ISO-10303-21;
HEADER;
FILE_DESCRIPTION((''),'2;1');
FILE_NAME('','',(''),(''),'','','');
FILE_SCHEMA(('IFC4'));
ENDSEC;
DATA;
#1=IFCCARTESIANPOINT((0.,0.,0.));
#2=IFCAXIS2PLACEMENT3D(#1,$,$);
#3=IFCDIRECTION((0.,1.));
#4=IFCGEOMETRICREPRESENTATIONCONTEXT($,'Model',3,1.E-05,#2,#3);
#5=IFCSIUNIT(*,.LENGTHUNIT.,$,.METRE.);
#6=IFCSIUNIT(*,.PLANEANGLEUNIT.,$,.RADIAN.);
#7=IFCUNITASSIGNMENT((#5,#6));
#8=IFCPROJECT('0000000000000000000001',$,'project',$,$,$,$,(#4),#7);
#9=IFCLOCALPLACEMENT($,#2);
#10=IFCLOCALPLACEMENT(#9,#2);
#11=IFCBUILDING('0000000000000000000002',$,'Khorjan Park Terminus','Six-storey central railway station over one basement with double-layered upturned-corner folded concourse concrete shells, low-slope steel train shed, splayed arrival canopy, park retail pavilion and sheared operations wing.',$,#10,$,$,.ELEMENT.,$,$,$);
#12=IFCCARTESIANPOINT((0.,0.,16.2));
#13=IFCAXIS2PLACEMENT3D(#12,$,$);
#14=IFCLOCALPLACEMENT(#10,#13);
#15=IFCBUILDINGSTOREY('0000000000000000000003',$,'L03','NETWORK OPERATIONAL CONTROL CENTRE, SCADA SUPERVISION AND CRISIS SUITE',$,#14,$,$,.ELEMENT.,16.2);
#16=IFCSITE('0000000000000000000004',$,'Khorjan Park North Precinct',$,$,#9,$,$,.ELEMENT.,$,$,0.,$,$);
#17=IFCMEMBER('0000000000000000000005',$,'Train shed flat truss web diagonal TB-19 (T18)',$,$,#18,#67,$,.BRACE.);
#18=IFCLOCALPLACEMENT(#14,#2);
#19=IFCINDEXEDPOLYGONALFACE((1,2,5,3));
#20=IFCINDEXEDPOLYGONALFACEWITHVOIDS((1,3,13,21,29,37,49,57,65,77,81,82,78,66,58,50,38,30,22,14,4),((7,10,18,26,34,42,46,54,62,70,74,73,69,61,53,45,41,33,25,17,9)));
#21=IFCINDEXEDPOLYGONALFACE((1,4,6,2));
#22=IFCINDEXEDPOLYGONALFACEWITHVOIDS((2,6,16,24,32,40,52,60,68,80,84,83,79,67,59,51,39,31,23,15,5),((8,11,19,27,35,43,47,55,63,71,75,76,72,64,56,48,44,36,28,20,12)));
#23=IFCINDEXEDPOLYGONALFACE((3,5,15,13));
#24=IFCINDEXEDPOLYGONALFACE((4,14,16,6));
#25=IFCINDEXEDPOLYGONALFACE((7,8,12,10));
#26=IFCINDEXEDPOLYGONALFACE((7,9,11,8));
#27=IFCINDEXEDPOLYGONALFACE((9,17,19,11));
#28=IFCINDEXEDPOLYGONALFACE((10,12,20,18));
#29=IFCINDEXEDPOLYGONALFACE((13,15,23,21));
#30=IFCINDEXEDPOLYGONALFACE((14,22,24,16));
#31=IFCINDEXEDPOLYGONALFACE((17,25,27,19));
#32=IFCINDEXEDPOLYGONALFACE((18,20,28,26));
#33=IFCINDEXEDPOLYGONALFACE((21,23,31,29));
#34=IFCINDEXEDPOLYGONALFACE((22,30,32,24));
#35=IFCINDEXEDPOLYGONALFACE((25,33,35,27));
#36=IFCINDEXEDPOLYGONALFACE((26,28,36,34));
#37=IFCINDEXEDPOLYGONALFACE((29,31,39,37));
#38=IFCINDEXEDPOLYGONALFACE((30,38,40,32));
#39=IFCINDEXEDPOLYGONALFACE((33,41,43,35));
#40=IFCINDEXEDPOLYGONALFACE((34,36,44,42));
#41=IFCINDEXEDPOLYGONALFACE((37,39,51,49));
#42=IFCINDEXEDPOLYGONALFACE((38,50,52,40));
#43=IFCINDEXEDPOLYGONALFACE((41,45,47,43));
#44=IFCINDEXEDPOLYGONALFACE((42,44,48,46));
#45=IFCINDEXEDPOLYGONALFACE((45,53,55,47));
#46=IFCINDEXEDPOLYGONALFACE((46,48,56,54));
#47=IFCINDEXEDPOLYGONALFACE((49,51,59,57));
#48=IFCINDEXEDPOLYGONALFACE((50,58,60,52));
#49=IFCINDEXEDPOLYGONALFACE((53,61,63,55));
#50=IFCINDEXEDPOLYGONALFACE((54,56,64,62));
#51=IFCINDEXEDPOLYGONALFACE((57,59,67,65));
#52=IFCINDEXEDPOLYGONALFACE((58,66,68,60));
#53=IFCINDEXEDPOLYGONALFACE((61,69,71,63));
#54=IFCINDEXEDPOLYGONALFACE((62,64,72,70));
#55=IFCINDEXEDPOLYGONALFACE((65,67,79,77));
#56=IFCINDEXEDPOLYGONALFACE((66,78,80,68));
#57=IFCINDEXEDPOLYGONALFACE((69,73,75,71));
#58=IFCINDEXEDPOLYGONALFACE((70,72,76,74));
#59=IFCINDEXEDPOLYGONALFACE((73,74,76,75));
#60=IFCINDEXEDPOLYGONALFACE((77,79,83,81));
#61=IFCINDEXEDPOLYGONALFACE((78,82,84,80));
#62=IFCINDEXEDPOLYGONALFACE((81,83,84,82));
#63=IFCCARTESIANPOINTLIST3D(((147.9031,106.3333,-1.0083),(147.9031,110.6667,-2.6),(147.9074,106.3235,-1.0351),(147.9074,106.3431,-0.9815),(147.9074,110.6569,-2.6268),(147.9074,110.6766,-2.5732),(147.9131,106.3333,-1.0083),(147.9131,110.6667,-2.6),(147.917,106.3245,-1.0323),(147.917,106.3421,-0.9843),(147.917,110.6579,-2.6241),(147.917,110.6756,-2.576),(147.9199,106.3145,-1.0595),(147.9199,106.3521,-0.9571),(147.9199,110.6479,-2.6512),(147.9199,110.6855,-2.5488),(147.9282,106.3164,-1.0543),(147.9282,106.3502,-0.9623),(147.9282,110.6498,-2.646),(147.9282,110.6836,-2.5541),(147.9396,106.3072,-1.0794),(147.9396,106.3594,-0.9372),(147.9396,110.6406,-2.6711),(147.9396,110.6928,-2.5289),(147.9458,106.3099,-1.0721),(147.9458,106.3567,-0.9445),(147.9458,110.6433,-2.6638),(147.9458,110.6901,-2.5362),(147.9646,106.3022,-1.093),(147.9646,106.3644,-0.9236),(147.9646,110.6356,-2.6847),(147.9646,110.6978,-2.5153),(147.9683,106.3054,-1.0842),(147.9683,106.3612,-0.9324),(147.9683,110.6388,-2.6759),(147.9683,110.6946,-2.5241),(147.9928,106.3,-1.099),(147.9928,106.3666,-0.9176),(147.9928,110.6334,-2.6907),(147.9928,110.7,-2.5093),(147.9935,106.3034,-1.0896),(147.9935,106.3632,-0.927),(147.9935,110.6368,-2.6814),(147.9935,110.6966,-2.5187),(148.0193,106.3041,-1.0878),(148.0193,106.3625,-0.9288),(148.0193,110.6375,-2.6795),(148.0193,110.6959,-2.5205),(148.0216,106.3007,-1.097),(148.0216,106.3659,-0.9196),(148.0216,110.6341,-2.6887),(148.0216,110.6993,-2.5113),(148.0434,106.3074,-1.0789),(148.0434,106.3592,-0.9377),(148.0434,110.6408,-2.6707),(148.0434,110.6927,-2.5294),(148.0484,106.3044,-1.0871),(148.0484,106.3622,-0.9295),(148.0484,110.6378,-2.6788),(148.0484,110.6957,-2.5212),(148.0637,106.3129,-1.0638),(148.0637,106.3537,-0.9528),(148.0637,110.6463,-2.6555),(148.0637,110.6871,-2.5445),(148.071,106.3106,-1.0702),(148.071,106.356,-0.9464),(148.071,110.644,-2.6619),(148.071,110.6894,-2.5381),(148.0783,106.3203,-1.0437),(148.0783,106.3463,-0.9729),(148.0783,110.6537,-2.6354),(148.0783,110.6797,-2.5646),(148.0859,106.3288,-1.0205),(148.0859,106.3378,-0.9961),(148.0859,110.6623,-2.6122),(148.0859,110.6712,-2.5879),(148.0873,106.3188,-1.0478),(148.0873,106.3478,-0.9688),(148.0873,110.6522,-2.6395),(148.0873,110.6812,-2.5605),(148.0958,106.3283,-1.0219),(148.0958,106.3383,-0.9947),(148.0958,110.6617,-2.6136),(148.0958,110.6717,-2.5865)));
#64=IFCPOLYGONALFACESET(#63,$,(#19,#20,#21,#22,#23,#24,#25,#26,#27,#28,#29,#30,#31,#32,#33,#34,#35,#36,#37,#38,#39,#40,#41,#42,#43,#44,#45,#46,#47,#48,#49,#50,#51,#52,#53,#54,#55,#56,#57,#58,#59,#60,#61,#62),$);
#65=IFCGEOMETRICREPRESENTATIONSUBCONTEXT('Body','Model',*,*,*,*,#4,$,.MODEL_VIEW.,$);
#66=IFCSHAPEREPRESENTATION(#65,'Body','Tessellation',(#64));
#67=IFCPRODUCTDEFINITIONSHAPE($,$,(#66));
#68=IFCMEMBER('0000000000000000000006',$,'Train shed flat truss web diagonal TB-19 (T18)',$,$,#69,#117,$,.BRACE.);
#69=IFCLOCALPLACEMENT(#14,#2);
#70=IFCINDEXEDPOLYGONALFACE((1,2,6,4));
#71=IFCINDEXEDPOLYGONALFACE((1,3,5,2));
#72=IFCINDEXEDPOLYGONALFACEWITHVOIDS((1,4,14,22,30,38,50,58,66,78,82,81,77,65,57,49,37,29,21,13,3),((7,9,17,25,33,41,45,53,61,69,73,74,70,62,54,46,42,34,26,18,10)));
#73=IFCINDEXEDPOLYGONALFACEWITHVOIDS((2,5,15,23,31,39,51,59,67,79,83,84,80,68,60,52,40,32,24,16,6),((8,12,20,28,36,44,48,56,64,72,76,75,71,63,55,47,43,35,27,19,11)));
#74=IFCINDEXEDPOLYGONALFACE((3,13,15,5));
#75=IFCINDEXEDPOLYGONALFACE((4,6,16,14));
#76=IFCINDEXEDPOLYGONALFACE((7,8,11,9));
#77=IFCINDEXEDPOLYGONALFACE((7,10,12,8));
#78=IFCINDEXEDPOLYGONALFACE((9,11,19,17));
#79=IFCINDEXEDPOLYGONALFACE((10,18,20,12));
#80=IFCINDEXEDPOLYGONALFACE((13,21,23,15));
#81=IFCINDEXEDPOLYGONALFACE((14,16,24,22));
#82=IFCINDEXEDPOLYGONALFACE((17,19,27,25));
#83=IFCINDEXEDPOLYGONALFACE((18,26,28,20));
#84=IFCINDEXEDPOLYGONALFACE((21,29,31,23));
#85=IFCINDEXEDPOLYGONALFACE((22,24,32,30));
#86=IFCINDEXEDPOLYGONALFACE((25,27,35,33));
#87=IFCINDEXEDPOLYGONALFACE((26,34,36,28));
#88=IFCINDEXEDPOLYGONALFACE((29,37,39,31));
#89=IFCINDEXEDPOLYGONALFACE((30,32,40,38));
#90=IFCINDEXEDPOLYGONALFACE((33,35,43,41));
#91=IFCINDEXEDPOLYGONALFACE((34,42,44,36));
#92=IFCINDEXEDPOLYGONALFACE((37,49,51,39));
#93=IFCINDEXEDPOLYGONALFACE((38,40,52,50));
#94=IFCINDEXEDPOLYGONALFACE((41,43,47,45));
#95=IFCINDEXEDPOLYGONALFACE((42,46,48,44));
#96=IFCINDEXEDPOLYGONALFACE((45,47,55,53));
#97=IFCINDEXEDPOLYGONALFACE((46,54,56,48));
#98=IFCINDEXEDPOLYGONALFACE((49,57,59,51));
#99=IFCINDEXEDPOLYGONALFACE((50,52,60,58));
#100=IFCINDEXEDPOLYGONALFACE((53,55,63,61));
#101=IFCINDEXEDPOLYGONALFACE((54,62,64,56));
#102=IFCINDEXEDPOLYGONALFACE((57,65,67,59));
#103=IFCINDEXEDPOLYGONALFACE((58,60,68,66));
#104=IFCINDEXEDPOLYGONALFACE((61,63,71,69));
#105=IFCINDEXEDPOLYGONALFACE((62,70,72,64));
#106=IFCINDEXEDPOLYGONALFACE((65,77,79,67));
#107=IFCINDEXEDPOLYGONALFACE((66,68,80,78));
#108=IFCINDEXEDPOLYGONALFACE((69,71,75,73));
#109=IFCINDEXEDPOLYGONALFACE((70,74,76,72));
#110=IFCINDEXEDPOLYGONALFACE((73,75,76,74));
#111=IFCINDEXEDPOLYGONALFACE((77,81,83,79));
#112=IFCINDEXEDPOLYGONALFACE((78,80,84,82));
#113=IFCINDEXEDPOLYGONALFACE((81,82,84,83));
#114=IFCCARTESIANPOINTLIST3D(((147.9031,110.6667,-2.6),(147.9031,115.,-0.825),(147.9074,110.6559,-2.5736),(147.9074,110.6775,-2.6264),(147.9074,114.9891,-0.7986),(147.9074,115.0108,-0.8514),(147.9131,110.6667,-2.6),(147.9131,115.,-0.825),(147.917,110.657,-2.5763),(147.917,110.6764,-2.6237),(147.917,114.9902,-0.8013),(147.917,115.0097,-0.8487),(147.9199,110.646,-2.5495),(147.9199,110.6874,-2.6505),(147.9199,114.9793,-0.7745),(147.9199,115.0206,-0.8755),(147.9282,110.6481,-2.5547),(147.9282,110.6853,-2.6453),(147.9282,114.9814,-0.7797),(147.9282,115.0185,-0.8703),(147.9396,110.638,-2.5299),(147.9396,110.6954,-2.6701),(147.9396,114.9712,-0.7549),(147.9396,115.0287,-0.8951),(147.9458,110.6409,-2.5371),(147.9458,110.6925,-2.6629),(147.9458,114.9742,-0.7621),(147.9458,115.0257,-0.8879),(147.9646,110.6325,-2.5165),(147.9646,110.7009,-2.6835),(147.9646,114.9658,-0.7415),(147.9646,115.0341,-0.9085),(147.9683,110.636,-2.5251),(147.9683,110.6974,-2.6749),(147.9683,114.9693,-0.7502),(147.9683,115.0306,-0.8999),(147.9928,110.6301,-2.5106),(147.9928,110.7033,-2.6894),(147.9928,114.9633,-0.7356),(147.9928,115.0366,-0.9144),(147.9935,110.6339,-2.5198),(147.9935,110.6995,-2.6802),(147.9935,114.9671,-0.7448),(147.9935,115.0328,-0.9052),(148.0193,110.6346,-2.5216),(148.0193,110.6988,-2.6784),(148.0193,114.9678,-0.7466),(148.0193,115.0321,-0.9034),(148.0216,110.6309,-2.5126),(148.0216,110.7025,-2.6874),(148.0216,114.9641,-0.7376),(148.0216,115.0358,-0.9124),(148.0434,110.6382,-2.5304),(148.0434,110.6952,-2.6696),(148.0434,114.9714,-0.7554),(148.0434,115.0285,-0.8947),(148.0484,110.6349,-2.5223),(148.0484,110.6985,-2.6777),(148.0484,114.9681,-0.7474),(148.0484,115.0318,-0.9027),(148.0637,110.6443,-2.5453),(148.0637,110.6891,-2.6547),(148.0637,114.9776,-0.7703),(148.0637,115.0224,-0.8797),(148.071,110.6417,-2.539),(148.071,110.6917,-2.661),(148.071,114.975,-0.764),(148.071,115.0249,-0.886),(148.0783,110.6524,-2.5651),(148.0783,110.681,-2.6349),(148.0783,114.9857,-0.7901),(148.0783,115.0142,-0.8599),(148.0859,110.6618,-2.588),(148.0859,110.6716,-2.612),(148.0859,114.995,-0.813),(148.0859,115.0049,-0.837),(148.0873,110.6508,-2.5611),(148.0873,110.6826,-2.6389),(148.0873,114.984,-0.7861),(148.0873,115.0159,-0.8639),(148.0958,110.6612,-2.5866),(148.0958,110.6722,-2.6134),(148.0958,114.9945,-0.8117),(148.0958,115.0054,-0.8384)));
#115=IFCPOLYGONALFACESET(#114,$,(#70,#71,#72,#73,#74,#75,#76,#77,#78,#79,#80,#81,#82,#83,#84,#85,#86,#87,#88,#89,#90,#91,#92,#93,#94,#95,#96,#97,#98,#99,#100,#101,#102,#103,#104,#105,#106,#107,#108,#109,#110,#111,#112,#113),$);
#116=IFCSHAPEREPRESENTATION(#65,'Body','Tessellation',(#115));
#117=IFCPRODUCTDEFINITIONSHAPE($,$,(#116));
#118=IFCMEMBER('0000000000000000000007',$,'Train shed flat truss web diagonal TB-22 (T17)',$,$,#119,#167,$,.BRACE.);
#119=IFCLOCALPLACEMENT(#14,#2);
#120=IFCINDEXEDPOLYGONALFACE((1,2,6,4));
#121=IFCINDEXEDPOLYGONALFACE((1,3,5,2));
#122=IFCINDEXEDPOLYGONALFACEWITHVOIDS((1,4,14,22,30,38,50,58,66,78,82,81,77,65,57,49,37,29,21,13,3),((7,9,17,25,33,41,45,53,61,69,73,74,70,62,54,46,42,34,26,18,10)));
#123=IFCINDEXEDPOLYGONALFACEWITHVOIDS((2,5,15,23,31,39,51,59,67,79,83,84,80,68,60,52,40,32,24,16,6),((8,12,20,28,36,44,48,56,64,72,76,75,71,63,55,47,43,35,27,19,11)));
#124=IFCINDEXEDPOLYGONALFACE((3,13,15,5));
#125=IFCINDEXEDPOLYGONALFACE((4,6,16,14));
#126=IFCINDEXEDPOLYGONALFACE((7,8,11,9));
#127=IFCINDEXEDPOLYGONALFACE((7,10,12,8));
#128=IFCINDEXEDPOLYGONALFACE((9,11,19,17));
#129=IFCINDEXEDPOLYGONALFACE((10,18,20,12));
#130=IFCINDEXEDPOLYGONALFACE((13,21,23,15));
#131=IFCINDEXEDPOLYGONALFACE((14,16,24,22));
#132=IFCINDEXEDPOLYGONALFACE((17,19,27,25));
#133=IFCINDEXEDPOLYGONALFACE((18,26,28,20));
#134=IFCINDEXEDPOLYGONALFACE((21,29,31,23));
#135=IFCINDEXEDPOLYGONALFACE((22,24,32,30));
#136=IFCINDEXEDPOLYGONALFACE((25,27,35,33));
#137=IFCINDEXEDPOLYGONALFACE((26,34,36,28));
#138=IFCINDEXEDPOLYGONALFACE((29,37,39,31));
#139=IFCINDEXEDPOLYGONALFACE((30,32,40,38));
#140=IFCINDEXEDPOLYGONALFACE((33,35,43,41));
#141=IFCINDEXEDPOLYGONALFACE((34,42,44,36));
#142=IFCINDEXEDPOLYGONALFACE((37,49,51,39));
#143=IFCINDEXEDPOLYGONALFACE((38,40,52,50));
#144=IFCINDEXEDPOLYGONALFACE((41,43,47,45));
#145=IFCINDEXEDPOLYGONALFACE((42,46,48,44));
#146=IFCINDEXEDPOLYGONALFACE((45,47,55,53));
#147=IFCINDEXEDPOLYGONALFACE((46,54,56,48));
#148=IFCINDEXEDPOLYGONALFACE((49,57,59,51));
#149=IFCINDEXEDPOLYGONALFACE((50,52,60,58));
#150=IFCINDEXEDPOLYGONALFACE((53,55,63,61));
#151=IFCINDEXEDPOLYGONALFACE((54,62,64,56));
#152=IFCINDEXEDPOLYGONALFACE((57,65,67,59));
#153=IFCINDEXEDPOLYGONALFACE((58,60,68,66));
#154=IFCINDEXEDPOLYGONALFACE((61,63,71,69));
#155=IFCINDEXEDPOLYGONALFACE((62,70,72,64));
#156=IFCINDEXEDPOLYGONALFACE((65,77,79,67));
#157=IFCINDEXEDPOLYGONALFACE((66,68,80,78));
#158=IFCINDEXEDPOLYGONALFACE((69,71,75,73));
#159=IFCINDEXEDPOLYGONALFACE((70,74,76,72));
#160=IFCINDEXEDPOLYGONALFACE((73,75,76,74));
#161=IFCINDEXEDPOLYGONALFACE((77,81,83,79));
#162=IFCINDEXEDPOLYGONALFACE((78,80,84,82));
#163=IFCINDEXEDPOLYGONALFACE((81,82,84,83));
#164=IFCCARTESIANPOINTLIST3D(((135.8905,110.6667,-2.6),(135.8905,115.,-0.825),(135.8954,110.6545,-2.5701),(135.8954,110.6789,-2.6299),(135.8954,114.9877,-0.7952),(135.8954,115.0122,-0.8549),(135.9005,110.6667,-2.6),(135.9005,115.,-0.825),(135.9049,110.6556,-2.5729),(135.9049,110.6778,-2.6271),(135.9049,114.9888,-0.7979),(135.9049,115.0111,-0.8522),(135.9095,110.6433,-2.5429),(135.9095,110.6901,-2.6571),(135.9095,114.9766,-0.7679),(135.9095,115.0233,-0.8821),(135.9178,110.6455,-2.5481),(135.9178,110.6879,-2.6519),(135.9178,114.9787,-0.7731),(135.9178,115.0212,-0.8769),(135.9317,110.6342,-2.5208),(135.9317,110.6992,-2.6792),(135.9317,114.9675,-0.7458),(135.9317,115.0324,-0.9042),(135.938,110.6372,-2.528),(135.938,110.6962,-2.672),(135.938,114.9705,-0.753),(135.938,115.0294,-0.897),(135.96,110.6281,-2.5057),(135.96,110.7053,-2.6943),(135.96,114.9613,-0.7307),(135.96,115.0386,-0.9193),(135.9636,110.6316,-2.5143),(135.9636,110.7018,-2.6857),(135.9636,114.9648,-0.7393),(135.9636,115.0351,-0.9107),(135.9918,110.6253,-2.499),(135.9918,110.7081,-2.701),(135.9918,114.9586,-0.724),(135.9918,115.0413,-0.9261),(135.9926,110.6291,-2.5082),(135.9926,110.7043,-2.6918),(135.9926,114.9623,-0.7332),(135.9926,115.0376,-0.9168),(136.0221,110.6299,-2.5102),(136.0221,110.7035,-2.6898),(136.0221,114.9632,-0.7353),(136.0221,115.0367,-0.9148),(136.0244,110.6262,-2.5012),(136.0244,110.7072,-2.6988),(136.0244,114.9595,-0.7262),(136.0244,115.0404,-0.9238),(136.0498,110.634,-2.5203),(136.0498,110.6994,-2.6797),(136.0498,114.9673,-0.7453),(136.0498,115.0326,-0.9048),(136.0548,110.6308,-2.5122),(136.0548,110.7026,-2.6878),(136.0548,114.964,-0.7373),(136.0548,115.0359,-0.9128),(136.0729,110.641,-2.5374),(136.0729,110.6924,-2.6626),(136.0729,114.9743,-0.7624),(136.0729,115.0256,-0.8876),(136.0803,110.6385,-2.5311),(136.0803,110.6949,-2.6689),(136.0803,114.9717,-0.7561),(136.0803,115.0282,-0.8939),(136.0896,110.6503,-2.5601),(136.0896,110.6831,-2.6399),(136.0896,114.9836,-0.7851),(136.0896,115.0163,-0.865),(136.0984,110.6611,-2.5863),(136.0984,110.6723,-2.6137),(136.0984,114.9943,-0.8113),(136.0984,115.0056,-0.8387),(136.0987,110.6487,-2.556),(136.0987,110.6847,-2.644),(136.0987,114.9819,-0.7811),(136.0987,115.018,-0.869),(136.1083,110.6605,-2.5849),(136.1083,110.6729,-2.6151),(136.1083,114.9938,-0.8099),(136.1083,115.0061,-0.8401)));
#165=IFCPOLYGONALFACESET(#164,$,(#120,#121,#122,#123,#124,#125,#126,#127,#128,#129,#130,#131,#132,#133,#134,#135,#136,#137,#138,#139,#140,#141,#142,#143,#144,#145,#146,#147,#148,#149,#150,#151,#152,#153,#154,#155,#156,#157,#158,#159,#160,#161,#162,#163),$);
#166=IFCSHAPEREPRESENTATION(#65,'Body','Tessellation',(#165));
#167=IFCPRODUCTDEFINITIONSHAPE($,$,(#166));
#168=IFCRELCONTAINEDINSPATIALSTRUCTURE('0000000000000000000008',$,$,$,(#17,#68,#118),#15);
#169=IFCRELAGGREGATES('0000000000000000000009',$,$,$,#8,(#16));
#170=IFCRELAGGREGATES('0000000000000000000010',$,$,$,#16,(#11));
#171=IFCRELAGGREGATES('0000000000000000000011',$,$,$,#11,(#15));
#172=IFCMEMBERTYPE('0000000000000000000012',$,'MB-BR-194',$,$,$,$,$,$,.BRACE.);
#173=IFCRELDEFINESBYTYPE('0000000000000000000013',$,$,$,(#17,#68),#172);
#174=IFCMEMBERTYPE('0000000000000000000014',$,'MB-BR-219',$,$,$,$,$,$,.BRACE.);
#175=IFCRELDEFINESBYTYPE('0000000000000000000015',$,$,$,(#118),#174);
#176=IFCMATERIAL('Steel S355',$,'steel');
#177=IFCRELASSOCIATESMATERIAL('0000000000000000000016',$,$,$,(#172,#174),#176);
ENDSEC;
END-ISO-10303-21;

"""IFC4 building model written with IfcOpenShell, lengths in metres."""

from ifc_helpers import new_model, si_unit, direction, frame, origin, origin_2d, place, context, subcontext, project, spatial, hollow_circle, extrude, material, material_profile, profile_set, type_object, element, save


model = new_model("IFC4")

# Units and contexts
model_context = context("Model", 3, precision=1e-05, world=origin(), true_north=direction((0.0, 1.0)))
body_context = subcontext(model_context, "Body", "Model", "MODEL_VIEW")
ifc_project = project(units=[si_unit("LENGTHUNIT", "METRE"), si_unit("PLANEANGLEUNIT", "RADIAN")], contexts=[model_context])

# Site, building, storey
site_placement = place(None, origin())
site = spatial("IfcSite", under=ifc_project, at=site_placement, Name="Khorjan Park North Precinct", CompositionType="ELEMENT", RefElevation=0.0)
building_placement = place(site_placement, origin())
building = spatial("IfcBuilding", under=site, at=building_placement, Name="Khorjan Park Terminus", Description="Six-storey central railway station over one basement with double-layered upturned-corner folded concourse concrete shells, low-slope steel train shed, splayed arrival canopy, park retail pavilion and sheared operations wing.", CompositionType="ELEMENT")
storey_placement = place(building_placement, frame((0.0, 0.0, 16.2)))
storey = spatial("IfcBuildingStorey", under=building, at=storey_placement, Name="L03", Description="NETWORK OPERATIONAL CONTROL CENTRE, SCADA SUPERVISION AND CRISIS SUITE", CompositionType="ELEMENT", Elevation=16.2)

# Members
ifc_material = material(Name="Steel S355", Category="steel")
ifc_material_profile_1 = material_profile(ifc_material, hollow_circle(Radius=0.0969, WallThickness=0.01, at=origin_2d()), Name="CHS 193.7x10")
ifc_profile_set_1 = profile_set([ifc_material_profile_1], Name="Steel S355")
member_type_1 = type_object("IfcMemberType", Name="MB-BR-194", PredefinedType="BRACE", material=ifc_profile_set_1)
member_1_placement = place(storey_placement, frame((148.0, 106.3333, -1.0083), z_axis=(0.0, 0.938681, -0.344787), x_axis=(-1.0, 0.0, 0.0)))
element("IfcMember", 1, at=member_1_placement, inside=storey, type_object=member_type_1, Name="Train shed flat truss web diagonal TB-19 (T18)", PredefinedType="BRACE", context=body_context, shape_type="SweptSolid", body=[
    extrude(hollow_circle(Radius=0.0969, WallThickness=0.01, at=origin_2d()), origin(), (0.0, 0.0, 1.0), 4.6165),
])
member_2_placement = place(storey_placement, frame((148.0, 110.6667, -2.6), z_axis=(0.0, 0.925376, 0.379051), x_axis=(-1.0, 0.0, 0.0)))
element("IfcMember", 2, at=member_2_placement, inside=storey, type_object=member_type_1, Name="Train shed flat truss web diagonal TB-19 (T18)", PredefinedType="BRACE", context=body_context, shape_type="SweptSolid", body=[
    extrude(hollow_circle(Radius=0.0969, WallThickness=0.01, at=origin_2d()), origin(), (0.0, 0.0, 1.0), 4.6827),
])
ifc_material_profile_2 = material_profile(ifc_material, hollow_circle(Radius=0.1095, WallThickness=0.01, at=origin_2d()), Name="CHS 219.1x10")
ifc_profile_set_2 = profile_set([ifc_material_profile_2], Name="Steel S355")
member_type_2 = type_object("IfcMemberType", Name="MB-BR-219", PredefinedType="BRACE", material=ifc_profile_set_2)
for number, where, z_axis, x_axis, name in (
    (3, (136.0, 110.6667, -2.6), (0.0, 0.925376, 0.379051), (-1.0, 0.0, 0.0), "Train shed flat truss web diagonal TB-22 (T17)"),
):
    element("IfcMember", number, at=place(storey_placement, frame(where, z_axis=z_axis, x_axis=x_axis)), inside=storey, type_object=member_type_2, Name=name, PredefinedType="BRACE", context=body_context, shape_type="SweptSolid", body=[
        extrude(hollow_circle(Radius=0.1095, WallThickness=0.01, at=origin_2d()), origin(), (0.0, 0.0, 1.0), 4.6827),
    ])

save(model, "model.ifc")
